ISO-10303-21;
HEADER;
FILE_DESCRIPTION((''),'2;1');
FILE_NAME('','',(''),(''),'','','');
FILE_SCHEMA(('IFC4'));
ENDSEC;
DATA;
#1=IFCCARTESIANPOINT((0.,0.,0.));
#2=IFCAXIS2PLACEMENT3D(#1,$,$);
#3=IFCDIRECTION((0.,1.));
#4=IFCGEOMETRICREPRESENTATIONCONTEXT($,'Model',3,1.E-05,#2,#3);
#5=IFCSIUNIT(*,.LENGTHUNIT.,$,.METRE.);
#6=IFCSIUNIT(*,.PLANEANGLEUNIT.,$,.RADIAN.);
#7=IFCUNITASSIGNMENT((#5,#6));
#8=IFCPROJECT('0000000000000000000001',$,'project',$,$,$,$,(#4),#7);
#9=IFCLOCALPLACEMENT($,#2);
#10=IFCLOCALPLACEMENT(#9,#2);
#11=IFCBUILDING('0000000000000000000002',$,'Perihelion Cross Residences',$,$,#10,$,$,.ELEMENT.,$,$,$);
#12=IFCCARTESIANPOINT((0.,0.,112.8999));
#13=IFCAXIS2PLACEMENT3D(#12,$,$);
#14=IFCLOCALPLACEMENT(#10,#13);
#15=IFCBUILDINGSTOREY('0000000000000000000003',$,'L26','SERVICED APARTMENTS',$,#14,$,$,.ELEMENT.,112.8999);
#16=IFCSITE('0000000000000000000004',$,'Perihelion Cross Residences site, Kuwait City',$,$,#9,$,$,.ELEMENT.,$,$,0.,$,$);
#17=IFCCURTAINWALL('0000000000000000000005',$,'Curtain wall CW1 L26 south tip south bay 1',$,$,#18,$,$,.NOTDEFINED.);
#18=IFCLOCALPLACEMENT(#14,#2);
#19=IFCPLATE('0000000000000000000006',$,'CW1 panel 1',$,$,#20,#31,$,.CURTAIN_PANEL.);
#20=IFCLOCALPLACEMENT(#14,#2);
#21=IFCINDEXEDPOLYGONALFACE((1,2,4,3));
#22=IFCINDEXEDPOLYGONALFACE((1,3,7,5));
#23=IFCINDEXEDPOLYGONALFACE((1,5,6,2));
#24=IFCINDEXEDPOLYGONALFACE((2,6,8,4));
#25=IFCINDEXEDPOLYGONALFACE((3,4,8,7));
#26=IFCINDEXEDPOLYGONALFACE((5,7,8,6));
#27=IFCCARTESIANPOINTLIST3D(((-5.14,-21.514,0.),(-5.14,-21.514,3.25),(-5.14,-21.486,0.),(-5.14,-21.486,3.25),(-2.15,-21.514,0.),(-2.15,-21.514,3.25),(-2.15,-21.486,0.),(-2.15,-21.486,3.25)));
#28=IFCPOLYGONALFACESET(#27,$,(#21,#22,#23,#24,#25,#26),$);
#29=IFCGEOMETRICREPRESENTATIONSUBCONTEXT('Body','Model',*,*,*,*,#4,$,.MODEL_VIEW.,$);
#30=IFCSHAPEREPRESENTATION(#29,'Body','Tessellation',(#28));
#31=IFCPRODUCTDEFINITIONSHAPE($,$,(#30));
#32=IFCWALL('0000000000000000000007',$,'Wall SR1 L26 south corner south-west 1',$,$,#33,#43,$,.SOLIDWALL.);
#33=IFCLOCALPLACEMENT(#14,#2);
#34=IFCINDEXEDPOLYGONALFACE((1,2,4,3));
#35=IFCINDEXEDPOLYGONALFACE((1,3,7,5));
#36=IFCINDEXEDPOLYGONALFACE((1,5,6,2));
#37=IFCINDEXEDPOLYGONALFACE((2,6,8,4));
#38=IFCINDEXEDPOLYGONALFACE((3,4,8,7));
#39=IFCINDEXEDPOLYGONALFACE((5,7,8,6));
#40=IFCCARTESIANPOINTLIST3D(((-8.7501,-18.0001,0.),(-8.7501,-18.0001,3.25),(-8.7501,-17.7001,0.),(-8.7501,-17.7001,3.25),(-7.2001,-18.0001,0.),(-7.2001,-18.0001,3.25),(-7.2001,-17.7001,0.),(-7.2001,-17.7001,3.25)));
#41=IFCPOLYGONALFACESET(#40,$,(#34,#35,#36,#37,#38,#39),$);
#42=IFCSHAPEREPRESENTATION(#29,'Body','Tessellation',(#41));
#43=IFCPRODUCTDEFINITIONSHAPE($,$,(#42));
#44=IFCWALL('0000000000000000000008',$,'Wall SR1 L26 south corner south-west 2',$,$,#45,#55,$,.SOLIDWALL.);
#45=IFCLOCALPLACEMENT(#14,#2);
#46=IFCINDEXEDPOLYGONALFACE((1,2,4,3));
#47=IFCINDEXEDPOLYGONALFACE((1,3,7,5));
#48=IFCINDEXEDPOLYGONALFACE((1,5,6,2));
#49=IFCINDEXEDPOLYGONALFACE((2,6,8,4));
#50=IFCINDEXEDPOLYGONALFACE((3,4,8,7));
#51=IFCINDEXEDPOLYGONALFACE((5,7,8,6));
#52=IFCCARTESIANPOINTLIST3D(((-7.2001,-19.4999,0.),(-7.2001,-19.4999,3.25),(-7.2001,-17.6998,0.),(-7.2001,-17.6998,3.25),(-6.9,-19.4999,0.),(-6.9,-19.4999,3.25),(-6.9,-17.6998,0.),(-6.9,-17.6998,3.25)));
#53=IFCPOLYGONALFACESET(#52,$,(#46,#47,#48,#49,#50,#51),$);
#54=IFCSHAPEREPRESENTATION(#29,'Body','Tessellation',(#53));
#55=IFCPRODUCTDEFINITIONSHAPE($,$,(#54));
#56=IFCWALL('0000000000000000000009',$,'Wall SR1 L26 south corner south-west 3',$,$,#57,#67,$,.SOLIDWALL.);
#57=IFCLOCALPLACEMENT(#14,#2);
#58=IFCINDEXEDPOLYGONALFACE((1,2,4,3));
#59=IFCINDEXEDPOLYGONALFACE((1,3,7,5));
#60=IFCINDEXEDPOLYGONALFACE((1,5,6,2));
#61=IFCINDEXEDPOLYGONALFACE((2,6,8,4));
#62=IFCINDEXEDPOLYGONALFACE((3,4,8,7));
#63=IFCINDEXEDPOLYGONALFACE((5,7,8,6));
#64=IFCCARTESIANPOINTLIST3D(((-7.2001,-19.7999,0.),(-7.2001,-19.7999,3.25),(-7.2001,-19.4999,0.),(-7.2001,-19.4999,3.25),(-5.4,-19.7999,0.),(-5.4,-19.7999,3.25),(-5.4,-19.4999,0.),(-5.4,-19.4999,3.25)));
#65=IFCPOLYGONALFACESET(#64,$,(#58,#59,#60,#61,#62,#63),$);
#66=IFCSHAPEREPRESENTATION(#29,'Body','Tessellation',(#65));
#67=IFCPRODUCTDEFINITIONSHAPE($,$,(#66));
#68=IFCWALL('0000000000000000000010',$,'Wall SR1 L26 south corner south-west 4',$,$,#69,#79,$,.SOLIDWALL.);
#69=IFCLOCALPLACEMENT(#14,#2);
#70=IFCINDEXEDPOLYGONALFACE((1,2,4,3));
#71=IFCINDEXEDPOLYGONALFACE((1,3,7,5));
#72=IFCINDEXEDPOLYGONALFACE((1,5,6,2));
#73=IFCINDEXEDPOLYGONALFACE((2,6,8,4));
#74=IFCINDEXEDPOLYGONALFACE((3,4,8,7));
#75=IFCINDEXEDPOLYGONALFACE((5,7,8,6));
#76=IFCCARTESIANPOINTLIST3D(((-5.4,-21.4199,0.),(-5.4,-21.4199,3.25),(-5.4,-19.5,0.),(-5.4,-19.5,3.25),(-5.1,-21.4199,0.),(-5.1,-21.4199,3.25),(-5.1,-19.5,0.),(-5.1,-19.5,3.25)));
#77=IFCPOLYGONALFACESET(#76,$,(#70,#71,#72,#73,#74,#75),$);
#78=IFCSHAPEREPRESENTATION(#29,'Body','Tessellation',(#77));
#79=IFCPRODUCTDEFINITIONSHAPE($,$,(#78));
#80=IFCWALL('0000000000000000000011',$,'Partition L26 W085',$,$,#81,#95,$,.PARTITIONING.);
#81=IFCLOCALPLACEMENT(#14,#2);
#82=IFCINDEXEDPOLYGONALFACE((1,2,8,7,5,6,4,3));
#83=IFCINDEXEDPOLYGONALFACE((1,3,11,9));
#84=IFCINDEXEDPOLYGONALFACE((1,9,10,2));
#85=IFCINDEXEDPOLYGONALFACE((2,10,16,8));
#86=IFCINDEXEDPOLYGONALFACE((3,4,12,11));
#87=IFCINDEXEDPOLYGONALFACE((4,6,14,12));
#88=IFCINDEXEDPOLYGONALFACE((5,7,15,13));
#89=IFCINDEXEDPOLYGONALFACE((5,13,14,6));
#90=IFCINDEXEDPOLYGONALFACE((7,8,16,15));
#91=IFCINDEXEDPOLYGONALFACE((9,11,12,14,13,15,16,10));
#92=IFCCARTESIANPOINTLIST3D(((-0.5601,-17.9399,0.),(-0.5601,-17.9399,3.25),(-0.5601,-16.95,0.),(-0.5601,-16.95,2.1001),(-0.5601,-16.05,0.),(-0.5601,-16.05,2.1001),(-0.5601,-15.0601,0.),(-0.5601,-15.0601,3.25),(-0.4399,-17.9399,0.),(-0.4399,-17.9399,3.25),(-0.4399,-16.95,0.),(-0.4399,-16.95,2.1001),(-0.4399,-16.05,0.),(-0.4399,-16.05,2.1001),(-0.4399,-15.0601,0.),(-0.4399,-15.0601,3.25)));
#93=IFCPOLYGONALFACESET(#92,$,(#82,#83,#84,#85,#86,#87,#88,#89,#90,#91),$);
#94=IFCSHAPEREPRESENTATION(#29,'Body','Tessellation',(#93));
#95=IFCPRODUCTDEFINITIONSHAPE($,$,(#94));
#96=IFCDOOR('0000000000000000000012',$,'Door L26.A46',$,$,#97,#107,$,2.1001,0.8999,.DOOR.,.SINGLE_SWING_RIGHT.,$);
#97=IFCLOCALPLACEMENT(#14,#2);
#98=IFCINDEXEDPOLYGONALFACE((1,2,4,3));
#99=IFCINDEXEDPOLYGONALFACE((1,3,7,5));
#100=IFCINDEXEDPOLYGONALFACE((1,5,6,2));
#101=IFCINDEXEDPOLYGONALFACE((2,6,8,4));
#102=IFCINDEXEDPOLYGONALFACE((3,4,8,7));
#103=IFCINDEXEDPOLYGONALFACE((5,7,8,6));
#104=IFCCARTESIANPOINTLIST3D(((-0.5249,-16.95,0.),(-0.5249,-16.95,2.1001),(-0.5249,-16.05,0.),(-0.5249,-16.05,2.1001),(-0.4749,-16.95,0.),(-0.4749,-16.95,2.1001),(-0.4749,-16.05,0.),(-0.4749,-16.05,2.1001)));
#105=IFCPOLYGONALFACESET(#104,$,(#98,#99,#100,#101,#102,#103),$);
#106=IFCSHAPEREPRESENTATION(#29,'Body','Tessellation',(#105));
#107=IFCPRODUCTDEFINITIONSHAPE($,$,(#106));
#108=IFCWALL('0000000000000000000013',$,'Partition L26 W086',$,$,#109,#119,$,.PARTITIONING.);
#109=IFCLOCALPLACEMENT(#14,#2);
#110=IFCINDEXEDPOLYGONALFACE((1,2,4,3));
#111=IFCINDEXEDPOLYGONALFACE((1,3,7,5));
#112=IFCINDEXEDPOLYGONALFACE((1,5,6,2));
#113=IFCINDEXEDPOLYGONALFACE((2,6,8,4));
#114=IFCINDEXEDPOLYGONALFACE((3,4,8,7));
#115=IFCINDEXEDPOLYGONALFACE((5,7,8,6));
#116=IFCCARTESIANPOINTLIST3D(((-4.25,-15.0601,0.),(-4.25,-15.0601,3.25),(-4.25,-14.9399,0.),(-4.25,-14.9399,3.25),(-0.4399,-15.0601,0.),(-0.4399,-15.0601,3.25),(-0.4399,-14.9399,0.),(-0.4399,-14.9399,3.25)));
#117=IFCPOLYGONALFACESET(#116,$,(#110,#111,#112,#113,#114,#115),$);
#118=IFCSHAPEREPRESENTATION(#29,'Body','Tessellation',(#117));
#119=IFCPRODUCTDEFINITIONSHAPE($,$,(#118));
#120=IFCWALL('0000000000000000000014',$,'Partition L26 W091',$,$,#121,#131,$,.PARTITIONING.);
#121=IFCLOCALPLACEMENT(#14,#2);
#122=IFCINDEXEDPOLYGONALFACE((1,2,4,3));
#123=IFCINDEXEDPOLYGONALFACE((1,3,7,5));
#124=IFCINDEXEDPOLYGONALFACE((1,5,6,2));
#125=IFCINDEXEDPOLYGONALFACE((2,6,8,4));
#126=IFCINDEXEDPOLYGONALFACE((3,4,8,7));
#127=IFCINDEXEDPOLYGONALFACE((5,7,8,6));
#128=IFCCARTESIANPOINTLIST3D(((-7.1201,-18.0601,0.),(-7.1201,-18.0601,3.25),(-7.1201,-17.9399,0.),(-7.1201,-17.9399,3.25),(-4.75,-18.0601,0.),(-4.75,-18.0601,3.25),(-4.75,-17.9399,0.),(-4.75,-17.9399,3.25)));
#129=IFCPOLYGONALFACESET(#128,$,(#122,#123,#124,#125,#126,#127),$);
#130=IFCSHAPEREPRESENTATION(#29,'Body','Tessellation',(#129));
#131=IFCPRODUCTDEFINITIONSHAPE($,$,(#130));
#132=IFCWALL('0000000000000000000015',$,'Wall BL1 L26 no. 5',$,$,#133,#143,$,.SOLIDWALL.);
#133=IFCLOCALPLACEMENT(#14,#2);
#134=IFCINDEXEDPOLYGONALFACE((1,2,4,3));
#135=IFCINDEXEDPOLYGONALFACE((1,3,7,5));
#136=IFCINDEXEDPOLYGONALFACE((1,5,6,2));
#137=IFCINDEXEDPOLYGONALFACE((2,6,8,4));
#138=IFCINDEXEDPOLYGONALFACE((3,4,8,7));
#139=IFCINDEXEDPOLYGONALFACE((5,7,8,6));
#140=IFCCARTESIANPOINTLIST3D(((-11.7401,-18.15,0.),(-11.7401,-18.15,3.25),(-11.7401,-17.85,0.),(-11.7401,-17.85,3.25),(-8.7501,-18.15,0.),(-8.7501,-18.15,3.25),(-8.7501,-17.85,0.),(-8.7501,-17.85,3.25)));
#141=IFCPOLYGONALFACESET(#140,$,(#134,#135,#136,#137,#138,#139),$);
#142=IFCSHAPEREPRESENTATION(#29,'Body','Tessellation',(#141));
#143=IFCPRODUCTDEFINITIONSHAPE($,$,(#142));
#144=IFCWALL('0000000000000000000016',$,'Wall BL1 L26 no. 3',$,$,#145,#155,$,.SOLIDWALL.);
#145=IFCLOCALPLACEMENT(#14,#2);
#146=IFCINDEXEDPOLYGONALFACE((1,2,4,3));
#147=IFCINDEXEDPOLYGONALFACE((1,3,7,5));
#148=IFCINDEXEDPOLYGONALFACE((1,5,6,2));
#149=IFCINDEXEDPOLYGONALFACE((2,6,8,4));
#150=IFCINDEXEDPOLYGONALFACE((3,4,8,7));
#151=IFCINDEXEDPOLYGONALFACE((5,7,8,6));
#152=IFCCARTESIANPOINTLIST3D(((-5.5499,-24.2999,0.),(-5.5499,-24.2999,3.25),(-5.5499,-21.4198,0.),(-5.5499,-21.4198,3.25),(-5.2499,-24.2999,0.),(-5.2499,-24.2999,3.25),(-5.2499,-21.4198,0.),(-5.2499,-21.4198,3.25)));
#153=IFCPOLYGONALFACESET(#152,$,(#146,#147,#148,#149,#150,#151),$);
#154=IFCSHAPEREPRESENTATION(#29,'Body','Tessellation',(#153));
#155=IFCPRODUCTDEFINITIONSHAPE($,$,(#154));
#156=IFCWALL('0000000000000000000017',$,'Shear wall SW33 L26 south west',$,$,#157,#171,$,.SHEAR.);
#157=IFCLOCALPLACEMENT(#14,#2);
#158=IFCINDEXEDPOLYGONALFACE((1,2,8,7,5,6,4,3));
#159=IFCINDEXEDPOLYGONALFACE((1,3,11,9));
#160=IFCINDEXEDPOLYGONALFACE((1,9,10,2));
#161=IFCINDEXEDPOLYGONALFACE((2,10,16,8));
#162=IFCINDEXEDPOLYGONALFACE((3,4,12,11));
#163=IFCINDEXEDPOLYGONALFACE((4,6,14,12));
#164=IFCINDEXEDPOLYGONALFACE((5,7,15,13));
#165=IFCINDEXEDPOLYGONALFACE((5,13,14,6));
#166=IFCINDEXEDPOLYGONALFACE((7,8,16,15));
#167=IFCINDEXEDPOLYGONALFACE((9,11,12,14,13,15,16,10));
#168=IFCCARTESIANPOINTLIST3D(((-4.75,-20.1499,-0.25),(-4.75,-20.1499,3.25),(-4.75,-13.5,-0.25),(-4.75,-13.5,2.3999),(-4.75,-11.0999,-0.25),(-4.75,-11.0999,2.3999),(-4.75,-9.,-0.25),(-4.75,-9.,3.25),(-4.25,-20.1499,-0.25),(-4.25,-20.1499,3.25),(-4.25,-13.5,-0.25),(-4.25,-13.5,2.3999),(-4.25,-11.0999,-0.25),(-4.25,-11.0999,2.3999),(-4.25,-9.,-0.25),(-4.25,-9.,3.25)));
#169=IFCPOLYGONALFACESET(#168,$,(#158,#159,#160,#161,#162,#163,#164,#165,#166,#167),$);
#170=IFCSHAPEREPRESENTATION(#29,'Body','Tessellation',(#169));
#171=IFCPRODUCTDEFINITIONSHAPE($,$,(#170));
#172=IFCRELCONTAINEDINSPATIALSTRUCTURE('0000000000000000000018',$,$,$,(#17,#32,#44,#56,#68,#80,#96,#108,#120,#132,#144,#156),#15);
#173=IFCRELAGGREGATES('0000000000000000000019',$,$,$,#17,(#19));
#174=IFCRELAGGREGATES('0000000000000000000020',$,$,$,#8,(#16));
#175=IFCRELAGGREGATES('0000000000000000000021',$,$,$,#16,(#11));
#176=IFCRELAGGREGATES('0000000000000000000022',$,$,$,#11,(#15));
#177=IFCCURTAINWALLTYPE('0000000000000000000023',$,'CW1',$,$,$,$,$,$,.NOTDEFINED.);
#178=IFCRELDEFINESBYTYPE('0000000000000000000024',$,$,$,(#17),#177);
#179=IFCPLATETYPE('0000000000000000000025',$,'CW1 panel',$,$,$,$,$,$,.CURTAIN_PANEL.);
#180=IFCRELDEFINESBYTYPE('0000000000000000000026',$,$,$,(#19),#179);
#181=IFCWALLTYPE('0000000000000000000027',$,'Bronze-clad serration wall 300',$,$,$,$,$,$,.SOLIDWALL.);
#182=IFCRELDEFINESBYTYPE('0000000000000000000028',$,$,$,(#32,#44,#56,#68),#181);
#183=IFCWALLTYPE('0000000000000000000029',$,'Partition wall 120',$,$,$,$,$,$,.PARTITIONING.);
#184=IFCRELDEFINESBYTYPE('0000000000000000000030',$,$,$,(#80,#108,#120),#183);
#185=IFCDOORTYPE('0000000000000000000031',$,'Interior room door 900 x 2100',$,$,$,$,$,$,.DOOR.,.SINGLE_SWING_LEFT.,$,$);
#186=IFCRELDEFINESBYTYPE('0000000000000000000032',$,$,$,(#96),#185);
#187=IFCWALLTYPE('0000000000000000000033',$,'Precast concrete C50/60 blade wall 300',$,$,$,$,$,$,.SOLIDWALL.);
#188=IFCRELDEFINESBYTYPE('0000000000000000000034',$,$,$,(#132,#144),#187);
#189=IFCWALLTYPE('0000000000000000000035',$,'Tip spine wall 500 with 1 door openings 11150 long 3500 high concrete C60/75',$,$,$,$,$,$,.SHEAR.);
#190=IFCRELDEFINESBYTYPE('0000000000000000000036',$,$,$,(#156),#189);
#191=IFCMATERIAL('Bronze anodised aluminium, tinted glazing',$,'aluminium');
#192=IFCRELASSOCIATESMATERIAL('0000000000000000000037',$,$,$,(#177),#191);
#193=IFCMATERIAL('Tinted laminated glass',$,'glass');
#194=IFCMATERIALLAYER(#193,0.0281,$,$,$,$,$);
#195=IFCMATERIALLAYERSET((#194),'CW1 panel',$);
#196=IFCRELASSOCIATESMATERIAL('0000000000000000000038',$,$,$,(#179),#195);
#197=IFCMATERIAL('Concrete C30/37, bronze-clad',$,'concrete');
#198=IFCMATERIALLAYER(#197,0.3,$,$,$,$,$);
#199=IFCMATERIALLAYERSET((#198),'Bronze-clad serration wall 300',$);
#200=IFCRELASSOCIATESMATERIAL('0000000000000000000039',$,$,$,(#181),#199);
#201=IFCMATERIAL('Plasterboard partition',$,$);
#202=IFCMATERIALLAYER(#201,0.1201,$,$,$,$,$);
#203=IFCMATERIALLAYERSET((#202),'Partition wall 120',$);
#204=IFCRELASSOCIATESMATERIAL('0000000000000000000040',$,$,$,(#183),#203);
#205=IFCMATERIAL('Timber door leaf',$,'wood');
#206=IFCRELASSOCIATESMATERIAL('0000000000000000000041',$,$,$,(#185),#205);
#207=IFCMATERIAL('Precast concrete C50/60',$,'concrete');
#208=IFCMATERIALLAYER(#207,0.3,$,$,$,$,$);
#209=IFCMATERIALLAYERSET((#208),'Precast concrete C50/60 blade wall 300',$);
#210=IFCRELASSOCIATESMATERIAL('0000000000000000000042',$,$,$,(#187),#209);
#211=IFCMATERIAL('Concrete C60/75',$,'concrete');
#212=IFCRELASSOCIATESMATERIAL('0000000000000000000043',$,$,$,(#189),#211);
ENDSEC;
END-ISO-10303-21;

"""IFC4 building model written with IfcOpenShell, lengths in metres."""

from ifc_helpers import new_model, si_unit, direction, frame, frame_2d, origin, origin_2d, place, context, subcontext, project, spatial, polyline, rectangle, outline, extrude, material, layer, layer_set, material_profile, profile_set, type_object, element, fill, aggregate, save


model = new_model("IFC4")

# Units and contexts
model_context = context("Model", 3, precision=1e-05, world=origin(), true_north=direction((0.0, 1.0)))
body_context = subcontext(model_context, "Body", "Model", "MODEL_VIEW")
ifc_project = project(units=[si_unit("LENGTHUNIT", "METRE"), si_unit("PLANEANGLEUNIT", "RADIAN")], contexts=[model_context])

# Site, building, storey
site_placement = place(None, origin())
site = spatial("IfcSite", under=ifc_project, at=site_placement, Name="Perihelion Cross Residences site, Kuwait City", CompositionType="ELEMENT", RefElevation=0.0)
building_placement = place(site_placement, origin())
building = spatial("IfcBuilding", under=site, at=building_placement, Name="Perihelion Cross Residences", CompositionType="ELEMENT")
storey_placement = place(building_placement, frame((0.0, 0.0, 112.8999)))
storey = spatial("IfcBuildingStorey", under=building, at=storey_placement, Name="L26", Description="SERVICED APARTMENTS", CompositionType="ELEMENT", Elevation=112.8999)

# Curtain wall
ifc_material_1 = material(Name="Bronze anodised aluminium, tinted glazing", Category="aluminium")
curtain_wall_type = type_object("IfcCurtainWallType", Name="CW1", PredefinedType="NOTDEFINED", material=ifc_material_1)
curtain_wall_1_placement = place(storey_placement, origin())
curtain_wall_1 = element("IfcCurtainWall", 1, at=curtain_wall_1_placement, inside=storey, type_object=curtain_wall_type, Name="Curtain wall CW1 L26 south tip south bay 1", PredefinedType="NOTDEFINED")

# Shared definitions
ifc_material_2 = material(Name="Tinted laminated glass", Category="glass")
ifc_layer_1 = layer(ifc_material_2, 0.0281)
ifc_layer_set_1 = layer_set([ifc_layer_1], Name="CW1 panel")
plate_type = type_object("IfcPlateType", Name="CW1 panel", PredefinedType="CURTAIN_PANEL", material=ifc_layer_set_1)

# Plate
plate_1_placement = place(storey_placement, frame((-3.645, -21.5, 0.0), z_axis=(0.0, 0.0, 1.0), x_axis=(1.0, 0.0, 0.0)))
plate_1 = element("IfcPlate", 2, at=plate_1_placement, type_object=plate_type, Name="CW1 panel 1", PredefinedType="CURTAIN_PANEL", context=body_context, shape_type="SweptSolid", body=[
    extrude(rectangle(XDim=2.99, YDim=0.0281, at=origin_2d()), origin(), (0.0, 0.0, 1.0), 3.25),
])
aggregate(curtain_wall_1, [plate_1])

# Walls
ifc_material_3 = material(Name="Concrete C30/37, bronze-clad", Category="concrete")
ifc_layer_2 = layer(ifc_material_3, 0.3)
ifc_layer_set_2 = layer_set([ifc_layer_2], Name="Bronze-clad serration wall 300")
wall_type_1 = type_object("IfcWallType", Name="Bronze-clad serration wall 300", PredefinedType="SOLIDWALL", material=ifc_layer_set_2)
wall_1_placement = place(storey_placement, frame((-8.75, -17.8501, 0.0), z_axis=(0.0, 0.0, 1.0), x_axis=(1.0, 0.0, 0.0)))
element("IfcWall", 3, at=wall_1_placement, inside=storey, type_object=wall_type_1, Name="Wall SR1 L26 south corner south-west 1", PredefinedType="SOLIDWALL", context=body_context, shape_type="SweptSolid", body=[
    extrude(rectangle(XDim=1.55, YDim=0.3, at=frame_2d((0.7749, 0.0))), origin(), (0.0, 0.0, 1.0), 3.25),
])
for number, where, z_axis, x_axis, name in (
    (4, (-7.05, -17.7, 0.0), (0.0, 0.0, 1.0), (0.0, -1.0, 0.0), "Wall SR1 L26 south corner south-west 2"),
    (5, (-7.2, -19.6499, 0.0), (0.0, 0.0, 1.0), (1.0, 0.0, 0.0), "Wall SR1 L26 south corner south-west 3"),
):
    element("IfcWall", number, at=place(storey_placement, frame(where, z_axis=z_axis, x_axis=x_axis)), inside=storey, type_object=wall_type_1, Name=name, PredefinedType="SOLIDWALL", context=body_context, shape_type="SweptSolid", body=[
        extrude(rectangle(XDim=1.8, YDim=0.3, at=frame_2d((0.8999, 0.0))), origin(), (0.0, 0.0, 1.0), 3.25),
    ])
wall_2_placement = place(storey_placement, frame((-5.25, -19.5, 0.0), z_axis=(0.0, 0.0, 1.0), x_axis=(0.0, -1.0, 0.0)))
element("IfcWall", 6, at=wall_2_placement, inside=storey, type_object=wall_type_1, Name="Wall SR1 L26 south corner south-west 4", PredefinedType="SOLIDWALL", context=body_context, shape_type="SweptSolid", body=[
    extrude(rectangle(XDim=1.9199, YDim=0.3, at=frame_2d((0.96, 0.0))), origin(), (0.0, 0.0, 1.0), 3.25),
])

# Wall, opening, door
ifc_material_4 = material(Name="Plasterboard partition")
ifc_layer_3 = layer(ifc_material_4, 0.1201)
ifc_layer_set_3 = layer_set([ifc_layer_3], Name="Partition wall 120")
wall_type_2 = type_object("IfcWallType", Name="Partition wall 120", PredefinedType="PARTITIONING", material=ifc_layer_set_3)
wall_3_placement = place(storey_placement, frame((-0.5, -17.9399, 0.0), z_axis=(0.0, 0.0, 1.0), x_axis=(0.0, 1.0, 0.0)))
wall_3 = element("IfcWall", 7, at=wall_3_placement, inside=storey, type_object=wall_type_2, Name="Partition L26 W085", PredefinedType="PARTITIONING", context=body_context, shape_type="SweptSolid", body=[
    extrude(rectangle(XDim=2.8799, YDim=0.1201, at=frame_2d((1.4399, 0.0))), origin(), (0.0, 0.0, 1.0), 3.25),
])
opening_1_placement = place(wall_3_placement, frame((0.99, 0.0, 0.0)))
opening_1 = element("IfcOpeningElement", 8, at=opening_1_placement, cuts=wall_3, PredefinedType="OPENING", context=body_context, shape_type="SweptSolid", body=[
    extrude(rectangle(XDim=0.8999, YDim=2.1001, at=frame_2d((0.45, 1.05))), frame((0.0, 0.0701, 0.0), z_axis=(0.0, -1.0, 0.0), x_axis=(1.0, 0.0, 0.0)), (0.0, 0.0, 1.0), 0.1401),
])
ifc_material_5 = material(Name="Timber door leaf", Category="wood")
door_type_1 = type_object("IfcDoorType", Name="Interior room door 900 x 2100", OperationType="SINGLE_SWING_LEFT", PredefinedType="DOOR", material=ifc_material_5)
door_1_placement = place(opening_1_placement, origin())
door_1 = element("IfcDoor", 9, at=door_1_placement, inside=storey, type_object=door_type_1, Name="Door L26.A46", OperationType="SINGLE_SWING_RIGHT", OverallHeight=2.1001, OverallWidth=0.8999, PredefinedType="DOOR", context=body_context, shape_type="SweptSolid", body=[
    extrude(rectangle(XDim=0.8999, YDim=2.1001, at=frame_2d((0.45, 1.05))), frame((0.0, 0.0249, 0.0), z_axis=(0.0, -1.0, 0.0), x_axis=(1.0, 0.0, 0.0)), (0.0, 0.0, 1.0), 0.05),
])
fill(opening_1, door_1)

# Walls
wall_4_placement = place(storey_placement, frame((-0.4399, -15.0, 0.0), z_axis=(0.0, 0.0, 1.0), x_axis=(-1.0, 0.0, 0.0)))
element("IfcWall", 10, at=wall_4_placement, inside=storey, type_object=wall_type_2, Name="Partition L26 W086", PredefinedType="PARTITIONING", context=body_context, shape_type="SweptSolid", body=[
    extrude(rectangle(XDim=3.8101, YDim=0.1201, at=frame_2d((1.905, 0.0))), origin(), (0.0, 0.0, 1.0), 3.25),
])
wall_5_placement = place(storey_placement, frame((-4.75, -18.0, 0.0), z_axis=(0.0, 0.0, 1.0), x_axis=(-1.0, 0.0, 0.0)))
element("IfcWall", 11, at=wall_5_placement, inside=storey, type_object=wall_type_2, Name="Partition L26 W091", PredefinedType="PARTITIONING", context=body_context, shape_type="SweptSolid", body=[
    extrude(rectangle(XDim=2.3701, YDim=0.1201, at=frame_2d((1.1851, 0.0))), origin(), (0.0, 0.0, 1.0), 3.25),
])
ifc_material_6 = material(Name="Precast concrete C50/60", Category="concrete")
ifc_layer_4 = layer(ifc_material_6, 0.3)
ifc_layer_set_4 = layer_set([ifc_layer_4], Name="Precast concrete C50/60 blade wall 300")
wall_type_3 = type_object("IfcWallType", Name="Precast concrete C50/60 blade wall 300", PredefinedType="SOLIDWALL", material=ifc_layer_set_4)
wall_6_placement = place(storey_placement, frame((-8.75, -18.0, 0.0), z_axis=(0.0, 0.0, 1.0), x_axis=(-1.0, 0.0, 0.0)))
element("IfcWall", 12, at=wall_6_placement, inside=storey, type_object=wall_type_3, Name="Wall BL1 L26 no. 5", PredefinedType="SOLIDWALL", context=body_context, shape_type="SweptSolid", body=[
    extrude(rectangle(XDim=2.99, YDim=0.3, at=frame_2d((1.4951, 0.0))), origin(), (0.0, 0.0, 1.0), 3.25),
])
wall_7_placement = place(storey_placement, frame((-5.3999, -21.4199, 0.0), z_axis=(0.0, 0.0, 1.0), x_axis=(0.0, -1.0, 0.0)))
element("IfcWall", 13, at=wall_7_placement, inside=storey, type_object=wall_type_3, Name="Wall BL1 L26 no. 3", PredefinedType="SOLIDWALL", context=body_context, shape_type="SweptSolid", body=[
    extrude(rectangle(XDim=2.8801, YDim=0.3, at=frame_2d((1.4399, 0.0))), origin(), (0.0, 0.0, 1.0), 3.25),
])
ifc_material_7 = material(Name="Concrete C60/75", Category="concrete")
ifc_material_profile_1 = material_profile(ifc_material_7, outline(polyline([(0.0, 0.0), (6.6499, 0.0), (6.6499, 2.6499), (9.05, 2.6499), (9.05, 0.0), (11.1499, 0.0), (11.1499, 3.5), (0.0, 3.5), (0.0, 0.0)])), Name="Tip spine wall")
ifc_profile_set_1 = profile_set([ifc_material_profile_1], Name="Concrete C60/75")
wall_type_4 = type_object("IfcWallType", Name="Tip spine wall 500 with 1 door openings 11150 long 3500 high concrete C60/75", PredefinedType="SHEAR", material=ifc_profile_set_1)
wall_8_placement = place(storey_placement, frame((-4.75, -20.1499, -0.25), z_axis=(1.0, 0.0, 0.0), x_axis=(0.0, 1.0, 0.0)))
element("IfcWall", 14, at=wall_8_placement, inside=storey, type_object=wall_type_4, Name="Shear wall SW33 L26 south west", PredefinedType="SHEAR", context=body_context, shape_type="SweptSolid", body=[
    extrude(outline(polyline([(0.0, 0.0), (6.6499, 0.0), (6.6499, 2.6499), (9.05, 2.6499), (9.05, 0.0), (11.1499, 0.0), (11.1499, 3.5), (0.0, 3.5), (0.0, 0.0)])), origin(), (0.0, 0.0, 1.0), 0.5),
])

save(model, "model.ifc")
